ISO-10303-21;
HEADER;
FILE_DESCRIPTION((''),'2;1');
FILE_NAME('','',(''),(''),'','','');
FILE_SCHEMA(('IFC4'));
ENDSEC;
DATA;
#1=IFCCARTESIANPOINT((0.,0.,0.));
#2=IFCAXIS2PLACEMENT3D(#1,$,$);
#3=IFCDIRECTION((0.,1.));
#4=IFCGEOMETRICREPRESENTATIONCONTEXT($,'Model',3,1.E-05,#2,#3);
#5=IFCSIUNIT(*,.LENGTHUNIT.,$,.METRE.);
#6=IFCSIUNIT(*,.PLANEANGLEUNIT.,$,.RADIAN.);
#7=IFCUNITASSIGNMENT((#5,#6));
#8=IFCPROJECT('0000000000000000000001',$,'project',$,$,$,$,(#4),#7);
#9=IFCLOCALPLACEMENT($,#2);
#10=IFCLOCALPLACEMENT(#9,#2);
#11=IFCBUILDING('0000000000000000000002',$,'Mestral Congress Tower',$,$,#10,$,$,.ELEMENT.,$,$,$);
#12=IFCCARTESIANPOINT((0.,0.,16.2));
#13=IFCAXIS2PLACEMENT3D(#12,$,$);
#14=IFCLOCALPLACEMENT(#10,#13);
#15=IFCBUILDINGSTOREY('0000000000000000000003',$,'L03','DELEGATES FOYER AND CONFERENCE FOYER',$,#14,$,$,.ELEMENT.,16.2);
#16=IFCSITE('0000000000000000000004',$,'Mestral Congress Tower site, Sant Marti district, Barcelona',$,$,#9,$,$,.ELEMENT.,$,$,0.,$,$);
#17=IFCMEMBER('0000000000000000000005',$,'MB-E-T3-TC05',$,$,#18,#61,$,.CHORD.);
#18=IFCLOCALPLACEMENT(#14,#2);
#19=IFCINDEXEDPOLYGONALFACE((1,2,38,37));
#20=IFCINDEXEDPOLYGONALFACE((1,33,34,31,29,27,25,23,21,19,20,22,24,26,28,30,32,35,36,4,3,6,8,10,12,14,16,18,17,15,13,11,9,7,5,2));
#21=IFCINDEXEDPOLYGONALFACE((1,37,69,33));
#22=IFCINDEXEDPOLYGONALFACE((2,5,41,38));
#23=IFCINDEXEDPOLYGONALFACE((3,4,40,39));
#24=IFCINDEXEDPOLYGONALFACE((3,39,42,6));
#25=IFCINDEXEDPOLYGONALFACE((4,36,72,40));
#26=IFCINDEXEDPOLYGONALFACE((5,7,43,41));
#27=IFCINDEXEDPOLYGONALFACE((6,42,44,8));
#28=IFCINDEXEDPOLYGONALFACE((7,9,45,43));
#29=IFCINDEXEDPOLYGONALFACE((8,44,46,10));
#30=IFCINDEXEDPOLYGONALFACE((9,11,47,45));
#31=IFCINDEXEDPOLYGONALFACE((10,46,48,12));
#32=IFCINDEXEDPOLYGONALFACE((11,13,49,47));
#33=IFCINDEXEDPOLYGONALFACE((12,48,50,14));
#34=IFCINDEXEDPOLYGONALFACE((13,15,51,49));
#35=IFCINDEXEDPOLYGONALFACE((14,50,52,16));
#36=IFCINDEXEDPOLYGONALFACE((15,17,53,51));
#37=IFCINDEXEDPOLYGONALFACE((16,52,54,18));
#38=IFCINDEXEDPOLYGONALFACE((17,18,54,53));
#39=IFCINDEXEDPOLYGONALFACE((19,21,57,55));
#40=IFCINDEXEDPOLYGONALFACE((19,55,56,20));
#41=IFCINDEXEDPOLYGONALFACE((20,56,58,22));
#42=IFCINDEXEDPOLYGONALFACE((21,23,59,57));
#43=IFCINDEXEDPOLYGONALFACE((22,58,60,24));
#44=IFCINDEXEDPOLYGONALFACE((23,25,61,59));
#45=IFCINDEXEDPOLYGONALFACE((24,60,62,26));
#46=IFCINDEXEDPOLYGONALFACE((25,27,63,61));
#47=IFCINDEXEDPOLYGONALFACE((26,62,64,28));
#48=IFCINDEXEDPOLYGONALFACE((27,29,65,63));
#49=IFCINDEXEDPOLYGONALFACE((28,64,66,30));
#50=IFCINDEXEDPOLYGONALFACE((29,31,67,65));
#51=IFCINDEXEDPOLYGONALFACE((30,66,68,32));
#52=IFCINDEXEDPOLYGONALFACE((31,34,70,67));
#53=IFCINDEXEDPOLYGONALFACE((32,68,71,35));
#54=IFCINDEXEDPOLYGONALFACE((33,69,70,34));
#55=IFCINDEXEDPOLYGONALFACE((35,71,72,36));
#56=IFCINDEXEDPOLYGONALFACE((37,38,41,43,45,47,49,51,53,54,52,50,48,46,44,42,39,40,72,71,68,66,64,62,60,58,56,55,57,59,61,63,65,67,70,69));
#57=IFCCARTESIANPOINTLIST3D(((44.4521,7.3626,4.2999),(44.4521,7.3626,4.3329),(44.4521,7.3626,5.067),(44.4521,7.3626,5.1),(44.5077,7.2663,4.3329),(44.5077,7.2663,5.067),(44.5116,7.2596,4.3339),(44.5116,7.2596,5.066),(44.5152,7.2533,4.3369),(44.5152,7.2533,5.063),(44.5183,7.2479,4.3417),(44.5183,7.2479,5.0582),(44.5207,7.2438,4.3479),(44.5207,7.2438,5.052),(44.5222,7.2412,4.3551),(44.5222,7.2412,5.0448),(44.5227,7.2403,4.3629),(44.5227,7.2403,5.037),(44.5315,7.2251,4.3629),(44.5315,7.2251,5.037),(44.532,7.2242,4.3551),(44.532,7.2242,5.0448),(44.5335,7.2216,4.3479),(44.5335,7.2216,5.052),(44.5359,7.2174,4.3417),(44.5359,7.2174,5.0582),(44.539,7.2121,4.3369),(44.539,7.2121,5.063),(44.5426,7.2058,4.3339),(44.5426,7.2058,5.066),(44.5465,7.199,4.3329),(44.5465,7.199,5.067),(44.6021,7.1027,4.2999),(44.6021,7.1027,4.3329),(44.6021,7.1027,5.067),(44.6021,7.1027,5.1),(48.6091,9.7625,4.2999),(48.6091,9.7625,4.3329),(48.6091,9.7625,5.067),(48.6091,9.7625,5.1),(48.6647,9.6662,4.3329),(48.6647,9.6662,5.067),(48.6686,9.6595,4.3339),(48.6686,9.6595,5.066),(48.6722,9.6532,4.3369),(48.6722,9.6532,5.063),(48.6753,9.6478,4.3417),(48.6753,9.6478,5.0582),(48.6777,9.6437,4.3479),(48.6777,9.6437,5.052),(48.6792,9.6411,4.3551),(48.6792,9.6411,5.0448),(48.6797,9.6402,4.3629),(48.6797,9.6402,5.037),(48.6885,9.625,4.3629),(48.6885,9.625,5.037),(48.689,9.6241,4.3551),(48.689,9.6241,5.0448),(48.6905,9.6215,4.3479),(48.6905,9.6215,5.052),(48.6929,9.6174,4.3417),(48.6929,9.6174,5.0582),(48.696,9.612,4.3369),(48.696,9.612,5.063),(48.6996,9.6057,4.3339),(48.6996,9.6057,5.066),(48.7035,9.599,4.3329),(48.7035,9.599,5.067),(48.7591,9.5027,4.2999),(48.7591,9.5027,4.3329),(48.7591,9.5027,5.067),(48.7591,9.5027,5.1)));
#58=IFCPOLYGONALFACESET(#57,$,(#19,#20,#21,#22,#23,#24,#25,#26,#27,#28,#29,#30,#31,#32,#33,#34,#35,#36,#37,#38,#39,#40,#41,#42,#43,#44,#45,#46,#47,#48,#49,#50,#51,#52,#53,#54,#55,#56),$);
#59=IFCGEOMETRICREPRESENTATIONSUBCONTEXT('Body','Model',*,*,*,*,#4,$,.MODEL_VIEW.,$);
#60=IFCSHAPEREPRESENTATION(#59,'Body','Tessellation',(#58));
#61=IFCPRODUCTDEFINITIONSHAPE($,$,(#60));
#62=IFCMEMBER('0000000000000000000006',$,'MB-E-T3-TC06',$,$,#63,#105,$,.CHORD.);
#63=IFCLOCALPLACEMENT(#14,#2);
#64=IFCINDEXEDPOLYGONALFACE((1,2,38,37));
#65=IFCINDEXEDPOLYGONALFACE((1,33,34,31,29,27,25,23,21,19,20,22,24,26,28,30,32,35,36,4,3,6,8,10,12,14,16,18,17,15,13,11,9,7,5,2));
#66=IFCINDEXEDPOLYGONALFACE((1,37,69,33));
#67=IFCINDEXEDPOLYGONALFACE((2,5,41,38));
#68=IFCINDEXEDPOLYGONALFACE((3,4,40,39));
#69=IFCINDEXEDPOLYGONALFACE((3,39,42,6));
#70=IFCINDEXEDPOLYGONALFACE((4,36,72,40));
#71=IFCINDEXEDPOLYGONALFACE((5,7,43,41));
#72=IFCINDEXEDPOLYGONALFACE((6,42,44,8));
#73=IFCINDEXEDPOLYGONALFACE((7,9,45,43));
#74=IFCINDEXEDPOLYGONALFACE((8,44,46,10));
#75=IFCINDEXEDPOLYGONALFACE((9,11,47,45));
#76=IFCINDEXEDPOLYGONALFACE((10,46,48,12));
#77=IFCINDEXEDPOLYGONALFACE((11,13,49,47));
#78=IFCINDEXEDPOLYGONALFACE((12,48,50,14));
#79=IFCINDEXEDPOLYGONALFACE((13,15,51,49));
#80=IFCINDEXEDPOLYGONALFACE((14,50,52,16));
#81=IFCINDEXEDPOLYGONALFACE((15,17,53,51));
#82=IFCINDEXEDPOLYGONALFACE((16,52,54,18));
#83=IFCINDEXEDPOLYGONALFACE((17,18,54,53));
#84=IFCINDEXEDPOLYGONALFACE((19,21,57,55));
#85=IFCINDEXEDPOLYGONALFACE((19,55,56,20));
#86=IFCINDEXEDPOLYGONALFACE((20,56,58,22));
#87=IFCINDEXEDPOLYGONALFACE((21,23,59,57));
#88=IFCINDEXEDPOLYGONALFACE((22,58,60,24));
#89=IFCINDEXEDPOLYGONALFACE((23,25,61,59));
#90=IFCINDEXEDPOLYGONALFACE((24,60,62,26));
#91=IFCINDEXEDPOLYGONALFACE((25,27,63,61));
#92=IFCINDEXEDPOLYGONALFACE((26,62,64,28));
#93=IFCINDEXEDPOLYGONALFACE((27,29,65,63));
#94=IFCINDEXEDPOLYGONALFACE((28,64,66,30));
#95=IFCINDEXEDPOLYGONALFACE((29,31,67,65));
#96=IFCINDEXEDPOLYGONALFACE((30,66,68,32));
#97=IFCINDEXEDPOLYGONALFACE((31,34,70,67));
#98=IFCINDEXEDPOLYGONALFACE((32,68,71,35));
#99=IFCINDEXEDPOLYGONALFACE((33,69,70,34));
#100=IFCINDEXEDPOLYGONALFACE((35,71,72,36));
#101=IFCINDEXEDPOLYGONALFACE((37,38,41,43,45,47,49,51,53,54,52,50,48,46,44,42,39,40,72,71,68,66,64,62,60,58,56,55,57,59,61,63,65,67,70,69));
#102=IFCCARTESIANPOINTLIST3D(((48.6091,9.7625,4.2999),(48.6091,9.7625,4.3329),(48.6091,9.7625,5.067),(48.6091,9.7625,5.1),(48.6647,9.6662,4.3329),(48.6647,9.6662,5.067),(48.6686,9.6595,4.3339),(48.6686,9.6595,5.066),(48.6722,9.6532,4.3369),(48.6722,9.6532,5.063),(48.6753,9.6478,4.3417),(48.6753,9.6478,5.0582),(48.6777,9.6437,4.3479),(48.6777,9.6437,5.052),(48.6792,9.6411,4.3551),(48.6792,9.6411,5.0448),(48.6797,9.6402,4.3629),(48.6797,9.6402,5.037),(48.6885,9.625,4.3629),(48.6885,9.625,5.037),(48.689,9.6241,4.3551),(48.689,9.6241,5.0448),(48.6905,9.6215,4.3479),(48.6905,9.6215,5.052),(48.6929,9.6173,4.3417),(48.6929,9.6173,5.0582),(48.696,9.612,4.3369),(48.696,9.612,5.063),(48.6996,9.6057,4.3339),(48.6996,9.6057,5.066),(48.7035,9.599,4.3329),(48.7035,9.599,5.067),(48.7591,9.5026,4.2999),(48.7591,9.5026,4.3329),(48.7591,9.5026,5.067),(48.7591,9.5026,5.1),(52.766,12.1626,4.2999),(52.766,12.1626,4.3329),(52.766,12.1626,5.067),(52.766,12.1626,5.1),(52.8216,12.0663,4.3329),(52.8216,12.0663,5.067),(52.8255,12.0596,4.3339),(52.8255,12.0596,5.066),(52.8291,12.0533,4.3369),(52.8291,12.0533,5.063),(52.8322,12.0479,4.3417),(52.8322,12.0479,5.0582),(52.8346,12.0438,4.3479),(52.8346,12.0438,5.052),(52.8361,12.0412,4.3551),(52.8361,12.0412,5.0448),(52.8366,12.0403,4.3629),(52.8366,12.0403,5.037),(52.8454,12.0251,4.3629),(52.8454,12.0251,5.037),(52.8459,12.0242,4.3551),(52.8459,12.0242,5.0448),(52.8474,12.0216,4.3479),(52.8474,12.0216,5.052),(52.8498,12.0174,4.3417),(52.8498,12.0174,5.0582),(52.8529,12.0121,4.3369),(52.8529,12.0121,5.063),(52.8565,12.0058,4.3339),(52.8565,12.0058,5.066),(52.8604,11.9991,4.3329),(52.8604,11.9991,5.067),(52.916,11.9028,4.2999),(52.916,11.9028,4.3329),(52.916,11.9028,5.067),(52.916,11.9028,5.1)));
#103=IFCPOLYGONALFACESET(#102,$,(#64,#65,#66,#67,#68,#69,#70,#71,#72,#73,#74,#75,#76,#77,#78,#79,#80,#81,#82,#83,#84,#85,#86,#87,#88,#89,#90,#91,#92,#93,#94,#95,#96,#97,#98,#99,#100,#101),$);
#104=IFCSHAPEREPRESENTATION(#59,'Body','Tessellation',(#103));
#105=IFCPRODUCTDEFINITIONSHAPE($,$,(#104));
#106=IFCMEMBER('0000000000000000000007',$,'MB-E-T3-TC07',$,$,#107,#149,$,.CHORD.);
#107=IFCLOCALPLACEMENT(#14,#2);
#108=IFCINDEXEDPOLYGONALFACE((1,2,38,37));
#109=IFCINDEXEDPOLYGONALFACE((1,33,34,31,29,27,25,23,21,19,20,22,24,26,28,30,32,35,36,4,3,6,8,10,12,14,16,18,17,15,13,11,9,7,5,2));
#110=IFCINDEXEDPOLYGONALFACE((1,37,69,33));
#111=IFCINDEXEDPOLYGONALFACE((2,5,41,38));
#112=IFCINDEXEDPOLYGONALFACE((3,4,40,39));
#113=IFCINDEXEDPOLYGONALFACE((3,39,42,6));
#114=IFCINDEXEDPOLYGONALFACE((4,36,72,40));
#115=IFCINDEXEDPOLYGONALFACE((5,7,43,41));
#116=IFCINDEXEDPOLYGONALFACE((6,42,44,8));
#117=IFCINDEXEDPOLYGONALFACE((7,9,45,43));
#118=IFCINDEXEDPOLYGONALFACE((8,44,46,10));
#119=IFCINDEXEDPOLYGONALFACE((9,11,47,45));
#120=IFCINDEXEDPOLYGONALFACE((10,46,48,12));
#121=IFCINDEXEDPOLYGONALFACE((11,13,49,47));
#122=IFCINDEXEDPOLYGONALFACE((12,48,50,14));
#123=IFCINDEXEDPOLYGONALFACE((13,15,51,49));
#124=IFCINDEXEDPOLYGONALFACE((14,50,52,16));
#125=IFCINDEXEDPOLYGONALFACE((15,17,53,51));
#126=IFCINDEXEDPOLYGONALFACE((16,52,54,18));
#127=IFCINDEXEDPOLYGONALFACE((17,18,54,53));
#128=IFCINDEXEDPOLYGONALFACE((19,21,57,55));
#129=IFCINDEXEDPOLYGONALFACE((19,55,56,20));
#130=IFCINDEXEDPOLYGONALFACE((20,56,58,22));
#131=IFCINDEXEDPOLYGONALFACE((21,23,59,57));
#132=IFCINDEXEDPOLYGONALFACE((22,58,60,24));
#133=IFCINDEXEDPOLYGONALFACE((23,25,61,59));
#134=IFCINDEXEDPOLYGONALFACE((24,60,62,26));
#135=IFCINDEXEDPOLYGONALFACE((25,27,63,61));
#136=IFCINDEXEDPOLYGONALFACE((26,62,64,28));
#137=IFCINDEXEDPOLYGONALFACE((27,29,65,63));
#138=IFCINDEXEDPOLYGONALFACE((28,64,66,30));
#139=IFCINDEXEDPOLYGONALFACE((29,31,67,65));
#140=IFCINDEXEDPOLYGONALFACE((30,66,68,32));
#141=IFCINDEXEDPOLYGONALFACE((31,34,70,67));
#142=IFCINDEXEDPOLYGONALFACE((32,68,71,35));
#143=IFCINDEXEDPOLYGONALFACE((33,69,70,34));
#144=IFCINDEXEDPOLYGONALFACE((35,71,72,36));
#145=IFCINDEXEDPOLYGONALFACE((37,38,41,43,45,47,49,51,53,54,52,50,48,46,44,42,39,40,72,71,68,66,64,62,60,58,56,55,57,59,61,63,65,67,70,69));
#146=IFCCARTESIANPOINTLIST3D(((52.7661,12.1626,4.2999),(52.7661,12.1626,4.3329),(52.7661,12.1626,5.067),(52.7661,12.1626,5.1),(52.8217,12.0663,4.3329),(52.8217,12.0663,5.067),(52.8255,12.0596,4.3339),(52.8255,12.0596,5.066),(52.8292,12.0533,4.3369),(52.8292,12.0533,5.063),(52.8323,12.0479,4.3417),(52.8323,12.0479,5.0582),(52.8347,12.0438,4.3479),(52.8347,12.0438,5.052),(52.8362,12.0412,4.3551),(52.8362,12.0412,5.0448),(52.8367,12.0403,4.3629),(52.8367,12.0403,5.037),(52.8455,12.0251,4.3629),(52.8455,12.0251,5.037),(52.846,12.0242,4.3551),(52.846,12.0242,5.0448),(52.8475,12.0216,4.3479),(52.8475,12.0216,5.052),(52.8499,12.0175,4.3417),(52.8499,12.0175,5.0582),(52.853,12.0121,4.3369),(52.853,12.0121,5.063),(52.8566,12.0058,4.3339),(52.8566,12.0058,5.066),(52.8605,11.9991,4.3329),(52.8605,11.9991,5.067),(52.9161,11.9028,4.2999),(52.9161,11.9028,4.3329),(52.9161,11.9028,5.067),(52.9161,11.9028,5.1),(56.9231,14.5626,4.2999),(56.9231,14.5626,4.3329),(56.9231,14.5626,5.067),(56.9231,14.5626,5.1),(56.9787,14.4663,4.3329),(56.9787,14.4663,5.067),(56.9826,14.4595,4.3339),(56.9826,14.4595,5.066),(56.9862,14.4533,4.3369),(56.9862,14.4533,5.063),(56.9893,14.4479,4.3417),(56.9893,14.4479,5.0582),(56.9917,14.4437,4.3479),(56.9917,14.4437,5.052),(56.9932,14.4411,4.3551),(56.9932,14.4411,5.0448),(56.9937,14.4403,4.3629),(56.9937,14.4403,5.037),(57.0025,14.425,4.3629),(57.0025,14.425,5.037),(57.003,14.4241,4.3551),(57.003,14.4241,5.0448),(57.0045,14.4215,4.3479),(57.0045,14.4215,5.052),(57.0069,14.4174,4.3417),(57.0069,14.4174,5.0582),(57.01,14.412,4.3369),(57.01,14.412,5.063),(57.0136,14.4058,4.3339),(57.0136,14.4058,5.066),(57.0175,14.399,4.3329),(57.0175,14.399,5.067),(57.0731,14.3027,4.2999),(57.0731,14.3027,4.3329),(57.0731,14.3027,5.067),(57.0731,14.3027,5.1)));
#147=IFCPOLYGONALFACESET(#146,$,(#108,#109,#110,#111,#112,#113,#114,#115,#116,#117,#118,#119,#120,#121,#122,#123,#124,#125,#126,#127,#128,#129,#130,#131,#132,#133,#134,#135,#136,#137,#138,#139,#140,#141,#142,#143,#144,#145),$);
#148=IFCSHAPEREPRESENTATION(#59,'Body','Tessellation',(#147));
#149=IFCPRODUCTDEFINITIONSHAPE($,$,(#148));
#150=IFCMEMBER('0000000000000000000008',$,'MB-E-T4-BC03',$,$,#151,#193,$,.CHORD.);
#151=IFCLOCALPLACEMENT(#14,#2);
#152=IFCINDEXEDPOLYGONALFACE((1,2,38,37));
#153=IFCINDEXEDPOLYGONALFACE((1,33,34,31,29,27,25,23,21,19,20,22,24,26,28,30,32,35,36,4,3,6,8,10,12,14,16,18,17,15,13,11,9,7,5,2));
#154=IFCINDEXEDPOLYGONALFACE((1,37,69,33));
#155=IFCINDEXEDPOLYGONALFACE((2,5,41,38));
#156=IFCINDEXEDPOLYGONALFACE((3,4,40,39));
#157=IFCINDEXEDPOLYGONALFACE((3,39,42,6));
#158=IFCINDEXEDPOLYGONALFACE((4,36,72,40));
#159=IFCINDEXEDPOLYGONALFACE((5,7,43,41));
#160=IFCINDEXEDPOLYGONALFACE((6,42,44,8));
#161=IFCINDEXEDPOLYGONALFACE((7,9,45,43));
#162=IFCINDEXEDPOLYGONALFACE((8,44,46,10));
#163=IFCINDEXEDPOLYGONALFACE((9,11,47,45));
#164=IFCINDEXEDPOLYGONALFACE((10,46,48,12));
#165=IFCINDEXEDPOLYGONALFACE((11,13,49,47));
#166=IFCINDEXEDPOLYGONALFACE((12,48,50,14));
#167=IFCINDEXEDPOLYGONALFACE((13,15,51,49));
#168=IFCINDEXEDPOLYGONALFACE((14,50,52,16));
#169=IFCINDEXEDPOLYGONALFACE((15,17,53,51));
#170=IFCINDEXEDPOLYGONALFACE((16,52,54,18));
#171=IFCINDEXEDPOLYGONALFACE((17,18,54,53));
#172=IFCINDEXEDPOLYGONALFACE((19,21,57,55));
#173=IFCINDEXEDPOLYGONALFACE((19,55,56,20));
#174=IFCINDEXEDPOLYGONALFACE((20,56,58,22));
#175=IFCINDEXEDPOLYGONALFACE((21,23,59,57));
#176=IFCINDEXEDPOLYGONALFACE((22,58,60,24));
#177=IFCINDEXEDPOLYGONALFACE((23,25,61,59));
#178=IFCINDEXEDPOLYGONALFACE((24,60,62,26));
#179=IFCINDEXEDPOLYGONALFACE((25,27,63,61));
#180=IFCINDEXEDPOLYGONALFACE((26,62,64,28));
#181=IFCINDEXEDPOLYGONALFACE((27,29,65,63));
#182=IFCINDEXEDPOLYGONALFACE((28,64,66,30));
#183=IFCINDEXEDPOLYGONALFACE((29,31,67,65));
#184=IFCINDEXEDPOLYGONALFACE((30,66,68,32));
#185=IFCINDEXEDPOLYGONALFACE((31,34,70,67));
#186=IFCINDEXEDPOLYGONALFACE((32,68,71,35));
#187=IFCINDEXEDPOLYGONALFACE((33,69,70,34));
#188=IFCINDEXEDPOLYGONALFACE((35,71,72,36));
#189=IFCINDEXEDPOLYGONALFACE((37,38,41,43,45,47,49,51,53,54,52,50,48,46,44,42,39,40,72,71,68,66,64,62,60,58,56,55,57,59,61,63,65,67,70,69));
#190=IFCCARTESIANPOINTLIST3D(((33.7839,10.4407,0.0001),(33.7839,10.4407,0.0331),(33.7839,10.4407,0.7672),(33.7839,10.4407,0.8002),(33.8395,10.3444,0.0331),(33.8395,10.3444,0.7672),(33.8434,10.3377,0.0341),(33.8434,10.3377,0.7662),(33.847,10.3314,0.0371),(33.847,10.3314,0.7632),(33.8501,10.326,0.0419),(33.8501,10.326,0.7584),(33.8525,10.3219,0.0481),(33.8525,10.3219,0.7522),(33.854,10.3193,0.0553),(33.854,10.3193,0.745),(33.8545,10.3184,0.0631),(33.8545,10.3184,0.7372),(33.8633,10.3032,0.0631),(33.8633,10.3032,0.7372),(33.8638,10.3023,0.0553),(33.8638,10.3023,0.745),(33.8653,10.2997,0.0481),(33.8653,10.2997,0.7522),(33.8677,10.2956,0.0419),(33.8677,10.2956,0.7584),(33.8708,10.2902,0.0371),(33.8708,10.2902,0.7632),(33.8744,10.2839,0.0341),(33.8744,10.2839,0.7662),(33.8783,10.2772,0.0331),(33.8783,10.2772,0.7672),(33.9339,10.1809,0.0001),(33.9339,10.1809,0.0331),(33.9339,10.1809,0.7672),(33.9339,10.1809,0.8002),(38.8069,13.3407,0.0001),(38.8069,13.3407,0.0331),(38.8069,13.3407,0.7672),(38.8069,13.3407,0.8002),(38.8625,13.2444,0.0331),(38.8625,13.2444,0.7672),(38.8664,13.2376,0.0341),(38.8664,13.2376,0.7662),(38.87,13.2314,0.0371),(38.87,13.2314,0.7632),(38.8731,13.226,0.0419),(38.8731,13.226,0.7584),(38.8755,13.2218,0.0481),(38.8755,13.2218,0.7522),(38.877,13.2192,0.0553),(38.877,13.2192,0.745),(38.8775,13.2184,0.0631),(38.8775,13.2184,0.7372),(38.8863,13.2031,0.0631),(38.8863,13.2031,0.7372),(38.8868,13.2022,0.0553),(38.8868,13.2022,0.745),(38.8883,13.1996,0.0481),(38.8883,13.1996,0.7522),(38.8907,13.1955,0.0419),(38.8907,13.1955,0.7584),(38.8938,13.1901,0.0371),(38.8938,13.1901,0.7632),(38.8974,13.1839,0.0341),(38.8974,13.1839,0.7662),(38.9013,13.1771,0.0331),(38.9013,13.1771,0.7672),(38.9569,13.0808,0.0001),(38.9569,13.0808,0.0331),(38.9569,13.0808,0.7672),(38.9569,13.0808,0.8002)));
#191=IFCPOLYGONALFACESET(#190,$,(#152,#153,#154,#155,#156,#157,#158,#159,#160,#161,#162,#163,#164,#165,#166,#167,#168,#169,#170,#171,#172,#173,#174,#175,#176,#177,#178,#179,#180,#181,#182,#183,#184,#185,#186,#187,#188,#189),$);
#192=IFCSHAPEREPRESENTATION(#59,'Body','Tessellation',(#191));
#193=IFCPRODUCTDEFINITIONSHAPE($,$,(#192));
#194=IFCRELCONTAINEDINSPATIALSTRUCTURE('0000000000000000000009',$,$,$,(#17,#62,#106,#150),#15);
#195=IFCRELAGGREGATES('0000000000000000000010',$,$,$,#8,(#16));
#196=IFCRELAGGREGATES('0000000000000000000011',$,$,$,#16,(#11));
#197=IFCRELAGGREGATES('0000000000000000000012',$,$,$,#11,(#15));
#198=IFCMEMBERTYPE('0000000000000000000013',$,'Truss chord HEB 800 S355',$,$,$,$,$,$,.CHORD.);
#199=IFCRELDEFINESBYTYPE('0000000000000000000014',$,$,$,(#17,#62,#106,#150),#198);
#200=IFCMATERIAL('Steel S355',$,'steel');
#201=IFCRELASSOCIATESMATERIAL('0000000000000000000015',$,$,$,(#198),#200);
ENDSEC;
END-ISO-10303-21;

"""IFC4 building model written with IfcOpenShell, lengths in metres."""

from ifc_helpers import new_model, si_unit, direction, frame, origin, origin_2d, place, context, subcontext, project, spatial, i_section, extrude, material, material_profile, profile_set, type_object, element, save


model = new_model("IFC4")

# Units and contexts
model_context = context("Model", 3, precision=1e-05, world=origin(), true_north=direction((0.0, 1.0)))
body_context = subcontext(model_context, "Body", "Model", "MODEL_VIEW")
ifc_project = project(units=[si_unit("LENGTHUNIT", "METRE"), si_unit("PLANEANGLEUNIT", "RADIAN")], contexts=[model_context])

# Site, building, storey
site_placement = place(None, origin())
site = spatial("IfcSite", under=ifc_project, at=site_placement, Name="Mestral Congress Tower site, Sant Marti district, Barcelona", CompositionType="ELEMENT", RefElevation=0.0)
building_placement = place(site_placement, origin())
building = spatial("IfcBuilding", under=site, at=building_placement, Name="Mestral Congress Tower", CompositionType="ELEMENT")
storey_placement = place(building_placement, frame((0.0, 0.0, 16.2)))
storey = spatial("IfcBuildingStorey", under=building, at=storey_placement, Name="L03", Description="DELEGATES FOYER AND CONFERENCE FOYER", CompositionType="ELEMENT", Elevation=16.2)

# Members
ifc_material = material(Name="Steel S355", Category="steel")
ifc_material_profile_1 = material_profile(ifc_material, i_section(OverallWidth=0.3, OverallDepth=0.8, WebThickness=0.0176, FlangeThickness=0.033, FilletRadius=0.03, at=origin_2d()), Name="HEB 800")
ifc_profile_set_1 = profile_set([ifc_material_profile_1], Name="Steel S355")
member_type_1 = type_object("IfcMemberType", Name="Truss chord HEB 800 S355", PredefinedType="CHORD", material=ifc_profile_set_1)
for number, where, z_axis, x_axis, name in (
    (1, (44.5271, 7.2327, 4.7), (0.866037, 0.499979, 0.0), (-0.499979, 0.866037, 0.0), "MB-E-T3-TC05"),
    (2, (48.6841, 9.6326, 4.7), (0.866015, 0.500017, 0.0), (-0.500017, 0.866015, 0.0), "MB-E-T3-TC06"),
    (3, (52.8411, 12.0327, 4.7), (0.866037, 0.499979, 0.0), (-0.499979, 0.866037, 0.0), "MB-E-T3-TC07"),
):
    element("IfcMember", number, at=place(storey_placement, frame(where, z_axis=z_axis, x_axis=x_axis)), inside=storey, type_object=member_type_1, Name=name, PredefinedType="CHORD", context=body_context, shape_type="SweptSolid", body=[
        extrude(i_section(OverallWidth=0.3, OverallDepth=0.8, WebThickness=0.0176, FlangeThickness=0.033, FilletRadius=0.03, at=origin_2d()), origin(), (0.0, 0.0, 1.0), 4.8),
    ])
member_1_placement = place(storey_placement, frame((33.8589, 10.3108, 0.4001), z_axis=(0.866033, 0.499987, 0.0), x_axis=(-0.499987, 0.866033, 0.0)))
element("IfcMember", 4, at=member_1_placement, inside=storey, type_object=member_type_1, Name="MB-E-T4-BC03", PredefinedType="CHORD", context=body_context, shape_type="SweptSolid", body=[
    extrude(i_section(OverallWidth=0.3, OverallDepth=0.8, WebThickness=0.0176, FlangeThickness=0.033, FilletRadius=0.03, at=origin_2d()), origin(), (0.0, 0.0, 1.0), 5.8),
])

save(model, "model.ifc")
